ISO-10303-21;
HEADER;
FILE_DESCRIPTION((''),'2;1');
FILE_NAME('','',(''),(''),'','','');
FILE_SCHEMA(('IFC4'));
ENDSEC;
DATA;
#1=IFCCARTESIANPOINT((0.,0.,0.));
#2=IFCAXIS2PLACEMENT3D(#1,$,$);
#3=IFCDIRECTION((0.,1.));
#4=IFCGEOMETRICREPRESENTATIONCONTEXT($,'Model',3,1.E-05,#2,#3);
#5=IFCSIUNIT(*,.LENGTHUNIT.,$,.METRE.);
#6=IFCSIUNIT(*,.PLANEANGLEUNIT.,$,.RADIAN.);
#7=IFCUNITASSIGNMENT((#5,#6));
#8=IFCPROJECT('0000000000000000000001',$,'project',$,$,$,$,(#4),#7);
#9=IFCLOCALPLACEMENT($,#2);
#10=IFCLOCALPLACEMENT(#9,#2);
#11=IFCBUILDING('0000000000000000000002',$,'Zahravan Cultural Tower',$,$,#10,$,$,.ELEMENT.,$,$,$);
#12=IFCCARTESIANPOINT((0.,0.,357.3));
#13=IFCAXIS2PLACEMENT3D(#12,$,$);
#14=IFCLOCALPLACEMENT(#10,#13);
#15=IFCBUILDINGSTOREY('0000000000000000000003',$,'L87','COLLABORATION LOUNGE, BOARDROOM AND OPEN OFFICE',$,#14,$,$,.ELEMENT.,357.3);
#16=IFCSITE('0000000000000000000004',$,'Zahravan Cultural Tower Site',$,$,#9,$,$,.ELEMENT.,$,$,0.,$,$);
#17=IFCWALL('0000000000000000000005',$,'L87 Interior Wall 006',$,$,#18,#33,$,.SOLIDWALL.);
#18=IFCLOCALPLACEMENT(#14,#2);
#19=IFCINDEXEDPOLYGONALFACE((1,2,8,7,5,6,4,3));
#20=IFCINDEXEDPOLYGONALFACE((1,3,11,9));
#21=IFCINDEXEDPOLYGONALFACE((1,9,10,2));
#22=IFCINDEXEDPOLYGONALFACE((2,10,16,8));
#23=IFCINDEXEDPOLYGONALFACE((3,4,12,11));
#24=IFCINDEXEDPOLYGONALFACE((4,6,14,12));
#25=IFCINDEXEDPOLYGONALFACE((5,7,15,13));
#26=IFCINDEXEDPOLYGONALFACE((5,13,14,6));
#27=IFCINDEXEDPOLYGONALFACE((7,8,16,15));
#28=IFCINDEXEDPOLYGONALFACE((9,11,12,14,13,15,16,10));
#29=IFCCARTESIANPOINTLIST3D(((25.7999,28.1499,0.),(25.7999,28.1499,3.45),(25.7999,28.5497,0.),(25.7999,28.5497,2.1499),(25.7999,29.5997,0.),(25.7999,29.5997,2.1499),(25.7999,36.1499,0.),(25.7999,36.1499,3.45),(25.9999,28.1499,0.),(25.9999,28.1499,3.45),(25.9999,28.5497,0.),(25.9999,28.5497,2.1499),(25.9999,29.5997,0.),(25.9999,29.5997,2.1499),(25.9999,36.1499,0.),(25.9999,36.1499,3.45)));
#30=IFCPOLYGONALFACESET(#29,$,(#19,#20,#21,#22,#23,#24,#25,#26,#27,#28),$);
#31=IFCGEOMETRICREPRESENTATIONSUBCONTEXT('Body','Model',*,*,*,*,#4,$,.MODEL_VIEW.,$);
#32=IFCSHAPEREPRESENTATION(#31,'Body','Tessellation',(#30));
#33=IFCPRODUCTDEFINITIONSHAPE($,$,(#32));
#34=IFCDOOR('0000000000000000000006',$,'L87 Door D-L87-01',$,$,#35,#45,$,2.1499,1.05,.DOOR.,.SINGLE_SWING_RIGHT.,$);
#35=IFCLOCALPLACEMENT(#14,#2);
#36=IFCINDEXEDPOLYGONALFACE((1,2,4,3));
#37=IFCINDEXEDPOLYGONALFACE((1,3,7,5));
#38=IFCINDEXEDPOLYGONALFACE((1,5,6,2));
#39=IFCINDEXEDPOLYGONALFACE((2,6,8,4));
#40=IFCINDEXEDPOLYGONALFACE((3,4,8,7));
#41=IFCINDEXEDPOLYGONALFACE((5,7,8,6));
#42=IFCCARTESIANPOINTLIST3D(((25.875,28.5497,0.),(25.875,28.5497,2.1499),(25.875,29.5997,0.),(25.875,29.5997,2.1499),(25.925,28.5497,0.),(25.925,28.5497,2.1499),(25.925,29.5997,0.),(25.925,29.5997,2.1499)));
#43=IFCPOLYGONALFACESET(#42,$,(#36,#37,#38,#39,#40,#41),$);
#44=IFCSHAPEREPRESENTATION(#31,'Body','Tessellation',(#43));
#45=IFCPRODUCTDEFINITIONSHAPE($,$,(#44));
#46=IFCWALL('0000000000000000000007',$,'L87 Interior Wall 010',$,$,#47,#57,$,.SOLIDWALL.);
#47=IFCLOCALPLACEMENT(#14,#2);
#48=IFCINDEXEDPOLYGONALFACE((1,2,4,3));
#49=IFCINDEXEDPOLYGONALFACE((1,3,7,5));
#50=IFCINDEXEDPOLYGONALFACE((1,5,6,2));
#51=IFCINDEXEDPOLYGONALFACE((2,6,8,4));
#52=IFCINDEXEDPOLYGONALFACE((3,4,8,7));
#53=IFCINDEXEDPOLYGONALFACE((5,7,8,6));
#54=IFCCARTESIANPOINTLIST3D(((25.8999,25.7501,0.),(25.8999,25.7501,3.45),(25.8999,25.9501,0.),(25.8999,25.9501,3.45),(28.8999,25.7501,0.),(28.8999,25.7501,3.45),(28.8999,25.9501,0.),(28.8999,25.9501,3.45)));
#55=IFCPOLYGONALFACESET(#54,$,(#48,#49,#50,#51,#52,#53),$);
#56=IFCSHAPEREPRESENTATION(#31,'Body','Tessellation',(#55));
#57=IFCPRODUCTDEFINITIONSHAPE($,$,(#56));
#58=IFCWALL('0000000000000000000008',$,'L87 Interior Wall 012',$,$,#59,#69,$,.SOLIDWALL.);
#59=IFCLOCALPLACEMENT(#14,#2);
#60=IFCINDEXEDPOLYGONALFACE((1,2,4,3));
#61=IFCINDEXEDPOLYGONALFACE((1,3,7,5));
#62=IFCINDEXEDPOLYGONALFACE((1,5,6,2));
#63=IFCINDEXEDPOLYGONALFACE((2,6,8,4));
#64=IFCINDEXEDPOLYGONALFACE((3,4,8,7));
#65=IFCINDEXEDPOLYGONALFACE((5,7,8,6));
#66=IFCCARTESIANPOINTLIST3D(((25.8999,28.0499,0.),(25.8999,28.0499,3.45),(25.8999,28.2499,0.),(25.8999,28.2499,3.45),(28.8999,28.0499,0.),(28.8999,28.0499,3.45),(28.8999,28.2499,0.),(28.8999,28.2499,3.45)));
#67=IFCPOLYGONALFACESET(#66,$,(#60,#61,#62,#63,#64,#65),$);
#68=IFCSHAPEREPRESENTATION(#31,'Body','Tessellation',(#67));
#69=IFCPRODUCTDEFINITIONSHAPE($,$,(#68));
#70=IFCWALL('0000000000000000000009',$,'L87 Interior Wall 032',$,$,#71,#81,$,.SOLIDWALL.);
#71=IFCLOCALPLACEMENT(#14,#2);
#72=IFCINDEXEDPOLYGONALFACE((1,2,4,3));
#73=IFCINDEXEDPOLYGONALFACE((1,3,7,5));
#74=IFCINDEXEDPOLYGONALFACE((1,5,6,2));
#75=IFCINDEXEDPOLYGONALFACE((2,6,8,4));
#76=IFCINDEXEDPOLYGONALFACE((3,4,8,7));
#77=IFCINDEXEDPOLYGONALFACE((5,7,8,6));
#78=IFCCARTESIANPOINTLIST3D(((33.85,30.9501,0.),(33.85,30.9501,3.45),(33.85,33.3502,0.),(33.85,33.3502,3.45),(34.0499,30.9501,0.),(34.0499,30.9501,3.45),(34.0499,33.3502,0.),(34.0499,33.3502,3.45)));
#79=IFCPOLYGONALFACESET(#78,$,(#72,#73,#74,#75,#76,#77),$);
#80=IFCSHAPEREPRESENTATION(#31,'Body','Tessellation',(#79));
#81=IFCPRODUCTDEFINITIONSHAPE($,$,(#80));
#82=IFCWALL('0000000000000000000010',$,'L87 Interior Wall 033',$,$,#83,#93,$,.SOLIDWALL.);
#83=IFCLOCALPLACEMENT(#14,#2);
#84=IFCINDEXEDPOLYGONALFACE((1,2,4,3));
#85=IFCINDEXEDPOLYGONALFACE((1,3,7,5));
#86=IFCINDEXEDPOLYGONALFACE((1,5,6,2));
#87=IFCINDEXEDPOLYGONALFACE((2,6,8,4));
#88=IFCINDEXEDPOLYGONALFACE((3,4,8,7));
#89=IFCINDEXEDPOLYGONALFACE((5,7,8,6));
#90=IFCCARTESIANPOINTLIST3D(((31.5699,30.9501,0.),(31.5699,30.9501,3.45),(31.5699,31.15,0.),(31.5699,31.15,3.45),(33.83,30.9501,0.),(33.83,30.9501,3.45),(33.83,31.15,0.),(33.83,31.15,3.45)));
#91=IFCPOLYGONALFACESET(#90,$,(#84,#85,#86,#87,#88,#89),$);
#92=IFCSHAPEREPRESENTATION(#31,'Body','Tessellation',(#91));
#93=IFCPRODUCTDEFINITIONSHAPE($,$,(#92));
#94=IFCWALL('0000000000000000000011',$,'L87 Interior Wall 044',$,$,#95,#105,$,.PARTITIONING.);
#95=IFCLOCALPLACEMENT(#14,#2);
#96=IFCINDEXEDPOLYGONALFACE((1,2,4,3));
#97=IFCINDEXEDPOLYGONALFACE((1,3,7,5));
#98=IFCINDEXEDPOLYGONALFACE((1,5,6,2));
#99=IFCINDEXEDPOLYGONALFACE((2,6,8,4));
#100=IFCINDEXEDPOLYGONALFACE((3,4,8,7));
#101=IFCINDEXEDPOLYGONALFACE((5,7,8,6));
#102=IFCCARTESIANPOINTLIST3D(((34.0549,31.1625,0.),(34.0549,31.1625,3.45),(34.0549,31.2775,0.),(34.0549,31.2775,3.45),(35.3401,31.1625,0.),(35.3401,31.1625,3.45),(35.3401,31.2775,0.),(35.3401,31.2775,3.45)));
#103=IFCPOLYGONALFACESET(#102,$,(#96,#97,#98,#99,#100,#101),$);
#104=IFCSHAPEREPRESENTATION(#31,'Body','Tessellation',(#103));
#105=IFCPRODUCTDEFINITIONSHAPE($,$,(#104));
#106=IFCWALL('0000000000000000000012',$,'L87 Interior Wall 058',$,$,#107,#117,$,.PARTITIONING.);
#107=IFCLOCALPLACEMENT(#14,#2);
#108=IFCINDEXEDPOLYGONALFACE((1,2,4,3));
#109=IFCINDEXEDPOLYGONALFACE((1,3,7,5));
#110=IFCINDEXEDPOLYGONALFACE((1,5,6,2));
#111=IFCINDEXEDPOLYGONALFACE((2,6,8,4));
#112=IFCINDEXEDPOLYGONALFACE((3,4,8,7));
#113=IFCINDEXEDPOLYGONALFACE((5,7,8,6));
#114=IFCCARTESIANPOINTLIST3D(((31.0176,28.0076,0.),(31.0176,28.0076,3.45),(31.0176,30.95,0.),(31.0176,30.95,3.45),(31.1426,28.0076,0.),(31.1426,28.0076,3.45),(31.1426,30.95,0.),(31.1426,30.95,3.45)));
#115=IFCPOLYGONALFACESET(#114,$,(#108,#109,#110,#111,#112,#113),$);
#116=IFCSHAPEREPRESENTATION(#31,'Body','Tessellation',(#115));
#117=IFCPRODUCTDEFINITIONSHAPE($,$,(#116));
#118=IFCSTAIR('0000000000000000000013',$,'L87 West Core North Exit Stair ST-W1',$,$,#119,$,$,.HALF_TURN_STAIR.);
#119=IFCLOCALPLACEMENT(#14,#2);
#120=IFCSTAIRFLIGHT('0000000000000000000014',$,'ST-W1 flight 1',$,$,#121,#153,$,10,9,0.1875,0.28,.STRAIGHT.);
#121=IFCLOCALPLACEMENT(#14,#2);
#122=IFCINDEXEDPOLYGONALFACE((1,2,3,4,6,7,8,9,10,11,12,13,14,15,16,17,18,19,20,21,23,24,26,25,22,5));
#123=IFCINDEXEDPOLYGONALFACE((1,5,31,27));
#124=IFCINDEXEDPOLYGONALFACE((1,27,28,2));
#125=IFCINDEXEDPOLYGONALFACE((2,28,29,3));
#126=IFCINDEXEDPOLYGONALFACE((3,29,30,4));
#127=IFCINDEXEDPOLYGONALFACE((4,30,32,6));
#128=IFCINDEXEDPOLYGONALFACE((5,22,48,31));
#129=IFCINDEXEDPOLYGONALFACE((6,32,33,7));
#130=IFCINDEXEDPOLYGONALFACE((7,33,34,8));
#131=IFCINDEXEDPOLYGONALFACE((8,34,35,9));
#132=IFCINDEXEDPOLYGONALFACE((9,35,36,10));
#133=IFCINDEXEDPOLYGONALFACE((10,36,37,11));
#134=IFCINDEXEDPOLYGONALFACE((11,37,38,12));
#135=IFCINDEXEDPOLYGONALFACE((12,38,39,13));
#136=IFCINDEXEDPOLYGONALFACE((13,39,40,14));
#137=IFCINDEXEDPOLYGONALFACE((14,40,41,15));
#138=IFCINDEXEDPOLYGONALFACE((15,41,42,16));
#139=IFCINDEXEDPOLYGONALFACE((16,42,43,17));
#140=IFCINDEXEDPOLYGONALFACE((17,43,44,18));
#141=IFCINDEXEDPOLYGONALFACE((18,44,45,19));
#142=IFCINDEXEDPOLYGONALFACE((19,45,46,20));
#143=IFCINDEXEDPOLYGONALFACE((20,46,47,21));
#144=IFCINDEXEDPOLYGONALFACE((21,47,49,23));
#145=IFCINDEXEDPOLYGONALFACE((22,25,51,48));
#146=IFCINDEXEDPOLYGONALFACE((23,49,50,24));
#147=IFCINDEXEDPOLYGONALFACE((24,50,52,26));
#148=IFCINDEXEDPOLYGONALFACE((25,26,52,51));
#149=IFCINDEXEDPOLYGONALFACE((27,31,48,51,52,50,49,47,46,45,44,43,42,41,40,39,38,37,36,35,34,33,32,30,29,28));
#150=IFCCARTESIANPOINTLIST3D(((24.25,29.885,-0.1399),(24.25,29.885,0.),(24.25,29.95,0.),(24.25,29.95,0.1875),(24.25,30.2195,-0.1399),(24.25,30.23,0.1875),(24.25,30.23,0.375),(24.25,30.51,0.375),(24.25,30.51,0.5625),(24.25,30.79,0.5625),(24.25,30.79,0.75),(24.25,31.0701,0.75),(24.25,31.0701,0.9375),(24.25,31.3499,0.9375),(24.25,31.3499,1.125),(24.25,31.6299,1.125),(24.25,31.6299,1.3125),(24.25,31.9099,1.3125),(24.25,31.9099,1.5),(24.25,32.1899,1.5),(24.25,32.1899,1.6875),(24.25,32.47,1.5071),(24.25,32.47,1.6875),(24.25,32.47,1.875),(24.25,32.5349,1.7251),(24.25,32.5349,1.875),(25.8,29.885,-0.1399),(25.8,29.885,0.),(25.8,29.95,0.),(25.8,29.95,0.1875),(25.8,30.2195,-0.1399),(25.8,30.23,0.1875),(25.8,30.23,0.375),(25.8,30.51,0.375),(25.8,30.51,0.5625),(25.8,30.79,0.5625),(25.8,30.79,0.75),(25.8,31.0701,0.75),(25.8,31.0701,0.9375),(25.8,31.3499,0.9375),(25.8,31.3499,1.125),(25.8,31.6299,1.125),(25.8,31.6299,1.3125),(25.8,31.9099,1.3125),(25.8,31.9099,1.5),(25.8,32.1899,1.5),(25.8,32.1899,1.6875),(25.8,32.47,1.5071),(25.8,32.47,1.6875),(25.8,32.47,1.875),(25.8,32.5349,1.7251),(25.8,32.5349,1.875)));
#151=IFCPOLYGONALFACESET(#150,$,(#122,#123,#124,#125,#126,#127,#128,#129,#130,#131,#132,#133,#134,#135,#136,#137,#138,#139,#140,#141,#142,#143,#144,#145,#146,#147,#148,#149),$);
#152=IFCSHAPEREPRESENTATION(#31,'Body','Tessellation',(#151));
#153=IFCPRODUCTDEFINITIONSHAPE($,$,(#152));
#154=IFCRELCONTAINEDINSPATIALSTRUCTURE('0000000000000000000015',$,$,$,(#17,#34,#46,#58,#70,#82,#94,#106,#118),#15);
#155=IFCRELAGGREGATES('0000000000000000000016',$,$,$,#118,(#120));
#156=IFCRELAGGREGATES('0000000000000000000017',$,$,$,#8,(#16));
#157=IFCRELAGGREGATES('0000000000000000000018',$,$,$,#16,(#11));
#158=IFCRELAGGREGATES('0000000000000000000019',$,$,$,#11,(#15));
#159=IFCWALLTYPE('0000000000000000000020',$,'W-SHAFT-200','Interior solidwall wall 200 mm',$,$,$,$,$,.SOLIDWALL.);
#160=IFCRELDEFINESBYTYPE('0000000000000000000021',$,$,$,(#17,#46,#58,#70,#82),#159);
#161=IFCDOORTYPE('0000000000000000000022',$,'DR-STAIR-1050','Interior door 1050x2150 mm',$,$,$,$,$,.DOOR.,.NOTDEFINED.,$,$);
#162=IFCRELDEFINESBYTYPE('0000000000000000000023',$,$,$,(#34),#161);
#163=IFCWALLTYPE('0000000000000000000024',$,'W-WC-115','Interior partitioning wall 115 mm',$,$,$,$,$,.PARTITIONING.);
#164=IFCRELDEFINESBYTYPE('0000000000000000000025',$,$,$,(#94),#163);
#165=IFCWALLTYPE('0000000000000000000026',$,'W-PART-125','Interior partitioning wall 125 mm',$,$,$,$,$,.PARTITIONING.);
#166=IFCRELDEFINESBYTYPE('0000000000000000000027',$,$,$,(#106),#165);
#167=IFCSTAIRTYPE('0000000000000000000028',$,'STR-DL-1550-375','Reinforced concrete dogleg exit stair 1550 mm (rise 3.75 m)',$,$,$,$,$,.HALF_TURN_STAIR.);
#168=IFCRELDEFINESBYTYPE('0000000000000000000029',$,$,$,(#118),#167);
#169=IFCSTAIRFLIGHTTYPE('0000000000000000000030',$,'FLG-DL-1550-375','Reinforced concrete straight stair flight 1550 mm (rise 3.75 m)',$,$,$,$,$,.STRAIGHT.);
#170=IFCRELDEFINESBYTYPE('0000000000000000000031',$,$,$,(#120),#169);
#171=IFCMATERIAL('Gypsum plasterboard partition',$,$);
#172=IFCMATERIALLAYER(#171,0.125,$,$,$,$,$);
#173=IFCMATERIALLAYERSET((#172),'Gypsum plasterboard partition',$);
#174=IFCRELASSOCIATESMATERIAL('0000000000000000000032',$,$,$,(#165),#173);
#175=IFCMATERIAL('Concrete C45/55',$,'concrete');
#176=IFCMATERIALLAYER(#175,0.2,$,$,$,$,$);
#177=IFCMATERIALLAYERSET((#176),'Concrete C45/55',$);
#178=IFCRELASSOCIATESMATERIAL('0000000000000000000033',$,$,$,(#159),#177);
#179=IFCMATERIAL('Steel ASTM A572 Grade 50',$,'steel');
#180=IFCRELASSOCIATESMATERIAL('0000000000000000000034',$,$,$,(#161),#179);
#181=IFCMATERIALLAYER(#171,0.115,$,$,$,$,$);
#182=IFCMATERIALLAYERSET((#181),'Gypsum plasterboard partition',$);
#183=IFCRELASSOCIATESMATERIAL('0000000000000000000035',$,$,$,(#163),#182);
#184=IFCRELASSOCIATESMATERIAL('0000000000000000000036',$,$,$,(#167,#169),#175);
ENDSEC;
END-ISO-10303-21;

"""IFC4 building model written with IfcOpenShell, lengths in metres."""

from ifc_helpers import new_model, si_unit, direction, frame, frame_2d, origin, place, context, subcontext, project, spatial, polyline, rectangle, outline, extrude, source, transform, mapped, material, layer, layer_set, type_object, element, fill, aggregate, save


model = new_model("IFC4")

# Units and contexts
model_context = context("Model", 3, precision=1e-05, world=origin(), true_north=direction((0.0, 1.0)))
body_context = subcontext(model_context, "Body", "Model", "MODEL_VIEW")
ifc_project = project(units=[si_unit("LENGTHUNIT", "METRE"), si_unit("PLANEANGLEUNIT", "RADIAN")], contexts=[model_context])

# Site, building, storey
site_placement = place(None, origin())
site = spatial("IfcSite", under=ifc_project, at=site_placement, Name="Zahravan Cultural Tower Site", CompositionType="ELEMENT", RefElevation=0.0)
building_placement = place(site_placement, origin())
building = spatial("IfcBuilding", under=site, at=building_placement, Name="Zahravan Cultural Tower", CompositionType="ELEMENT")
storey_placement = place(building_placement, frame((0.0, 0.0, 357.3)))
storey = spatial("IfcBuildingStorey", under=building, at=storey_placement, Name="L87", Description="COLLABORATION LOUNGE, BOARDROOM AND OPEN OFFICE", CompositionType="ELEMENT", Elevation=357.3)

# Wall, opening, door
ifc_material_1 = material(Name="Steel ASTM A572 Grade 50", Category="steel")
ifc_material_2 = material(Name="Gypsum plasterboard partition")
ifc_layer_1 = layer(ifc_material_2, 0.125)
ifc_layer_set_1 = layer_set([ifc_layer_1], Name="Gypsum plasterboard partition")
wall_type_1 = type_object("IfcWallType", Name="W-PART-125", Description="Interior partitioning wall 125 mm", PredefinedType="PARTITIONING", material=ifc_layer_set_1)
ifc_material_3 = material(Name="Concrete C45/55", Category="concrete")
ifc_layer_2 = layer(ifc_material_3, 0.2)
ifc_layer_set_2 = layer_set([ifc_layer_2], Name="Concrete C45/55")
wall_type_2 = type_object("IfcWallType", Name="W-SHAFT-200", Description="Interior solidwall wall 200 mm", PredefinedType="SOLIDWALL", material=ifc_layer_set_2)
wall_1_placement = place(storey_placement, frame((25.8999, 28.1499, 0.0), z_axis=(0.0, 0.0, 1.0), x_axis=(0.0, 1.0, 0.0)))
wall_1 = element("IfcWall", 1, at=wall_1_placement, inside=storey, type_object=wall_type_2, Name="L87 Interior Wall 006", PredefinedType="SOLIDWALL", context=body_context, shape_type="SweptSolid", body=[
    extrude(rectangle(XDim=8.0, YDim=0.2, at=frame_2d((4.0, 0.0))), origin(), (0.0, 0.0, 1.0), 3.45),
])
opening_1_placement = place(wall_1_placement, frame((0.3999, 0.0, 0.0)))
opening_1 = element("IfcOpeningElement", 2, at=opening_1_placement, cuts=wall_1, PredefinedType="OPENING", context=body_context, shape_type="SweptSolid", body=[
    extrude(rectangle(XDim=1.05, YDim=2.1499, at=frame_2d((0.5249, 1.075))), frame((0.0, 0.1099, 0.0), z_axis=(0.0, -1.0, 0.0), x_axis=(1.0, 0.0, 0.0)), (0.0, 0.0, 1.0), 0.22),
])
door_type_1 = type_object("IfcDoorType", Name="DR-STAIR-1050", Description="Interior door 1050x2150 mm", OperationType="NOTDEFINED", PredefinedType="DOOR", material=ifc_material_1)
shared_shape_1 = source(origin(), body_context, "Body", "SweptSolid", [
    extrude(rectangle(XDim=1.05, YDim=2.1499, at=frame_2d((0.5249, 1.075))), frame((0.0, 0.0249, 0.0), z_axis=(0.0, -1.0, 0.0), x_axis=(1.0, 0.0, 0.0)), (0.0, 0.0, 1.0), 0.05),
])
door_1_placement = place(opening_1_placement, origin())
door_1 = element("IfcDoor", 3, at=door_1_placement, inside=storey, type_object=door_type_1, Name="L87 Door D-L87-01", OperationType="SINGLE_SWING_RIGHT", OverallHeight=2.1499, OverallWidth=1.05, PredefinedType="DOOR", context=body_context, shape_type="MappedRepresentation", body=[
    mapped(shared_shape_1, transform((0.0, 0.0, 0.0), x_axis=(1.0, 0.0, 0.0), y_axis=(0.0, 1.0, 0.0), z_axis=(0.0, 0.0, 1.0), scale=1.0)),
])
fill(opening_1, door_1)

# Walls
shared_shape_2 = source(origin(), body_context, "Body", "SweptSolid", [
    extrude(rectangle(XDim=3.0, YDim=0.2, at=frame_2d((1.5, 0.0))), origin(), (0.0, 0.0, 1.0), 3.45),
])
for number, where, z_axis, x_axis, name in (
    (4, (25.8999, 25.8501, 0.0), (0.0, 0.0, 1.0), (1.0, 0.0, 0.0), "L87 Interior Wall 010"),
    (5, (25.8999, 28.1499, 0.0), (0.0, 0.0, 1.0), (1.0, 0.0, 0.0), "L87 Interior Wall 012"),
):
    element("IfcWall", number, at=place(storey_placement, frame(where, z_axis=z_axis, x_axis=x_axis)), inside=storey, type_object=wall_type_2, Name=name, PredefinedType="SOLIDWALL", context=body_context, shape_type="MappedRepresentation", body=[
        mapped(shared_shape_2, transform((0.0, 0.0, 0.0), x_axis=(1.0, 0.0, 0.0), y_axis=(0.0, 1.0, 0.0), z_axis=(0.0, 0.0, 1.0), scale=1.0)),
    ])
shared_shape_3 = source(origin(), body_context, "Body", "SweptSolid", [
    extrude(rectangle(XDim=2.4001, YDim=0.2, at=frame_2d((1.2002, 0.0))), origin(), (0.0, 0.0, 1.0), 3.45),
])
wall_2_placement = place(storey_placement, frame((33.95, 30.95, 0.0), z_axis=(0.0, 0.0, 1.0), x_axis=(0.0, 1.0, 0.0)))
element("IfcWall", 6, at=wall_2_placement, inside=storey, type_object=wall_type_2, Name="L87 Interior Wall 032", PredefinedType="SOLIDWALL", context=body_context, shape_type="MappedRepresentation", body=[
    mapped(shared_shape_3, transform((0.0, 0.0, 0.0), x_axis=(1.0, 0.0, 0.0), y_axis=(0.0, 1.0, 0.0), z_axis=(0.0, 0.0, 1.0), scale=1.0)),
])
shared_shape_4 = source(origin(), body_context, "Body", "SweptSolid", [
    extrude(rectangle(XDim=2.26, YDim=0.2, at=frame_2d((1.1299, 0.0))), origin(), (0.0, 0.0, 1.0), 3.45),
])
wall_3_placement = place(storey_placement, frame((31.5701, 31.05, 0.0), z_axis=(0.0, 0.0, 1.0), x_axis=(1.0, 0.0, 0.0)))
element("IfcWall", 7, at=wall_3_placement, inside=storey, type_object=wall_type_2, Name="L87 Interior Wall 033", PredefinedType="SOLIDWALL", context=body_context, shape_type="MappedRepresentation", body=[
    mapped(shared_shape_4, transform((0.0, 0.0, 0.0), x_axis=(1.0, 0.0, 0.0), y_axis=(0.0, 1.0, 0.0), z_axis=(0.0, 0.0, 1.0), scale=1.0)),
])
ifc_layer_3 = layer(ifc_material_2, 0.115)
ifc_layer_set_3 = layer_set([ifc_layer_3], Name="Gypsum plasterboard partition")
wall_type_3 = type_object("IfcWallType", Name="W-WC-115", Description="Interior partitioning wall 115 mm", PredefinedType="PARTITIONING", material=ifc_layer_set_3)
shared_shape_5 = source(origin(), body_context, "Body", "SweptSolid", [
    extrude(rectangle(XDim=1.2852, YDim=0.115, at=frame_2d((0.6426, 0.0))), origin(), (0.0, 0.0, 1.0), 3.45),
])
wall_4_placement = place(storey_placement, frame((35.3401, 31.22, 0.0), z_axis=(0.0, 0.0, 1.0), x_axis=(-1.0, 0.0, 0.0)))
element("IfcWall", 8, at=wall_4_placement, inside=storey, type_object=wall_type_3, Name="L87 Interior Wall 044", PredefinedType="PARTITIONING", context=body_context, shape_type="MappedRepresentation", body=[
    mapped(shared_shape_5, transform((0.0, 0.0, 0.0), x_axis=(1.0, 0.0, 0.0), y_axis=(0.0, 1.0, 0.0), z_axis=(0.0, 0.0, 1.0), scale=1.0)),
])
shared_shape_6 = source(origin(), body_context, "Body", "SweptSolid", [
    extrude(rectangle(XDim=2.9424, YDim=0.125, at=frame_2d((1.4712, 0.0))), origin(), (0.0, 0.0, 1.0), 3.45),
])
wall_5_placement = place(storey_placement, frame((31.0801, 28.0076, 0.0), z_axis=(0.0, 0.0, 1.0), x_axis=(0.0, 1.0, 0.0)))
element("IfcWall", 9, at=wall_5_placement, inside=storey, type_object=wall_type_1, Name="L87 Interior Wall 058", PredefinedType="PARTITIONING", context=body_context, shape_type="MappedRepresentation", body=[
    mapped(shared_shape_6, transform((0.0, 0.0, 0.0), x_axis=(1.0, 0.0, 0.0), y_axis=(0.0, 1.0, 0.0), z_axis=(0.0, 0.0, 1.0), scale=1.0)),
])

# Stair, stair flight
stair_type = type_object("IfcStairType", Name="STR-DL-1550-375", Description="Reinforced concrete dogleg exit stair 1550 mm (rise 3.75 m)", PredefinedType="HALF_TURN_STAIR", material=ifc_material_3)
stair_placement = place(storey_placement, origin())
stair = element("IfcStair", 10, at=stair_placement, inside=storey, type_object=stair_type, Name="L87 West Core North Exit Stair ST-W1", PredefinedType="HALF_TURN_STAIR")
stair_flight_type = type_object("IfcStairFlightType", Name="FLG-DL-1550-375", Description="Reinforced concrete straight stair flight 1550 mm (rise 3.75 m)", PredefinedType="STRAIGHT", material=ifc_material_3)
stair_flight_placement = place(storey_placement, frame((25.0249, 29.95, 0.0), z_axis=(0.0, 0.0, 1.0), x_axis=(0.0, 1.0, 0.0)))
stair_flight = element("IfcStairFlight", 11, at=stair_flight_placement, type_object=stair_flight_type, Name="ST-W1 flight 1", NumberOfRisers=10, NumberOfTreads=9, PredefinedType="STRAIGHT", RiserHeight=0.1875, TreadLength=0.28, context=body_context, shape_type="SweptSolid", body=[
    extrude(outline(polyline([(-0.0649, -0.1399), (-0.0649, 0.0), (0.0, 0.0), (0.0, 0.1875), (0.28, 0.1875), (0.28, 0.375), (0.5601, 0.375), (0.5601, 0.5625), (0.8401, 0.5625), (0.8401, 0.75), (1.1201, 0.75), (1.1201, 0.9375), (1.3999, 0.9375), (1.3999, 1.125), (1.6799, 1.125), (1.6799, 1.3125), (1.96, 1.3125), (1.96, 1.5), (2.24, 1.5), (2.24, 1.6875), (2.52, 1.6875), (2.52, 1.875), (2.585, 1.875), (2.585, 1.7251), (2.52, 1.5071), (0.2695, -0.1399), (-0.0649, -0.1399)])), frame((0.0, 0.7749, 0.0), z_axis=(0.0, -1.0, 0.0), x_axis=(1.0, 0.0, 0.0)), (0.0, 0.0, 1.0), 1.55),
])
aggregate(stair, [stair_flight])

save(model, "model.ifc")
